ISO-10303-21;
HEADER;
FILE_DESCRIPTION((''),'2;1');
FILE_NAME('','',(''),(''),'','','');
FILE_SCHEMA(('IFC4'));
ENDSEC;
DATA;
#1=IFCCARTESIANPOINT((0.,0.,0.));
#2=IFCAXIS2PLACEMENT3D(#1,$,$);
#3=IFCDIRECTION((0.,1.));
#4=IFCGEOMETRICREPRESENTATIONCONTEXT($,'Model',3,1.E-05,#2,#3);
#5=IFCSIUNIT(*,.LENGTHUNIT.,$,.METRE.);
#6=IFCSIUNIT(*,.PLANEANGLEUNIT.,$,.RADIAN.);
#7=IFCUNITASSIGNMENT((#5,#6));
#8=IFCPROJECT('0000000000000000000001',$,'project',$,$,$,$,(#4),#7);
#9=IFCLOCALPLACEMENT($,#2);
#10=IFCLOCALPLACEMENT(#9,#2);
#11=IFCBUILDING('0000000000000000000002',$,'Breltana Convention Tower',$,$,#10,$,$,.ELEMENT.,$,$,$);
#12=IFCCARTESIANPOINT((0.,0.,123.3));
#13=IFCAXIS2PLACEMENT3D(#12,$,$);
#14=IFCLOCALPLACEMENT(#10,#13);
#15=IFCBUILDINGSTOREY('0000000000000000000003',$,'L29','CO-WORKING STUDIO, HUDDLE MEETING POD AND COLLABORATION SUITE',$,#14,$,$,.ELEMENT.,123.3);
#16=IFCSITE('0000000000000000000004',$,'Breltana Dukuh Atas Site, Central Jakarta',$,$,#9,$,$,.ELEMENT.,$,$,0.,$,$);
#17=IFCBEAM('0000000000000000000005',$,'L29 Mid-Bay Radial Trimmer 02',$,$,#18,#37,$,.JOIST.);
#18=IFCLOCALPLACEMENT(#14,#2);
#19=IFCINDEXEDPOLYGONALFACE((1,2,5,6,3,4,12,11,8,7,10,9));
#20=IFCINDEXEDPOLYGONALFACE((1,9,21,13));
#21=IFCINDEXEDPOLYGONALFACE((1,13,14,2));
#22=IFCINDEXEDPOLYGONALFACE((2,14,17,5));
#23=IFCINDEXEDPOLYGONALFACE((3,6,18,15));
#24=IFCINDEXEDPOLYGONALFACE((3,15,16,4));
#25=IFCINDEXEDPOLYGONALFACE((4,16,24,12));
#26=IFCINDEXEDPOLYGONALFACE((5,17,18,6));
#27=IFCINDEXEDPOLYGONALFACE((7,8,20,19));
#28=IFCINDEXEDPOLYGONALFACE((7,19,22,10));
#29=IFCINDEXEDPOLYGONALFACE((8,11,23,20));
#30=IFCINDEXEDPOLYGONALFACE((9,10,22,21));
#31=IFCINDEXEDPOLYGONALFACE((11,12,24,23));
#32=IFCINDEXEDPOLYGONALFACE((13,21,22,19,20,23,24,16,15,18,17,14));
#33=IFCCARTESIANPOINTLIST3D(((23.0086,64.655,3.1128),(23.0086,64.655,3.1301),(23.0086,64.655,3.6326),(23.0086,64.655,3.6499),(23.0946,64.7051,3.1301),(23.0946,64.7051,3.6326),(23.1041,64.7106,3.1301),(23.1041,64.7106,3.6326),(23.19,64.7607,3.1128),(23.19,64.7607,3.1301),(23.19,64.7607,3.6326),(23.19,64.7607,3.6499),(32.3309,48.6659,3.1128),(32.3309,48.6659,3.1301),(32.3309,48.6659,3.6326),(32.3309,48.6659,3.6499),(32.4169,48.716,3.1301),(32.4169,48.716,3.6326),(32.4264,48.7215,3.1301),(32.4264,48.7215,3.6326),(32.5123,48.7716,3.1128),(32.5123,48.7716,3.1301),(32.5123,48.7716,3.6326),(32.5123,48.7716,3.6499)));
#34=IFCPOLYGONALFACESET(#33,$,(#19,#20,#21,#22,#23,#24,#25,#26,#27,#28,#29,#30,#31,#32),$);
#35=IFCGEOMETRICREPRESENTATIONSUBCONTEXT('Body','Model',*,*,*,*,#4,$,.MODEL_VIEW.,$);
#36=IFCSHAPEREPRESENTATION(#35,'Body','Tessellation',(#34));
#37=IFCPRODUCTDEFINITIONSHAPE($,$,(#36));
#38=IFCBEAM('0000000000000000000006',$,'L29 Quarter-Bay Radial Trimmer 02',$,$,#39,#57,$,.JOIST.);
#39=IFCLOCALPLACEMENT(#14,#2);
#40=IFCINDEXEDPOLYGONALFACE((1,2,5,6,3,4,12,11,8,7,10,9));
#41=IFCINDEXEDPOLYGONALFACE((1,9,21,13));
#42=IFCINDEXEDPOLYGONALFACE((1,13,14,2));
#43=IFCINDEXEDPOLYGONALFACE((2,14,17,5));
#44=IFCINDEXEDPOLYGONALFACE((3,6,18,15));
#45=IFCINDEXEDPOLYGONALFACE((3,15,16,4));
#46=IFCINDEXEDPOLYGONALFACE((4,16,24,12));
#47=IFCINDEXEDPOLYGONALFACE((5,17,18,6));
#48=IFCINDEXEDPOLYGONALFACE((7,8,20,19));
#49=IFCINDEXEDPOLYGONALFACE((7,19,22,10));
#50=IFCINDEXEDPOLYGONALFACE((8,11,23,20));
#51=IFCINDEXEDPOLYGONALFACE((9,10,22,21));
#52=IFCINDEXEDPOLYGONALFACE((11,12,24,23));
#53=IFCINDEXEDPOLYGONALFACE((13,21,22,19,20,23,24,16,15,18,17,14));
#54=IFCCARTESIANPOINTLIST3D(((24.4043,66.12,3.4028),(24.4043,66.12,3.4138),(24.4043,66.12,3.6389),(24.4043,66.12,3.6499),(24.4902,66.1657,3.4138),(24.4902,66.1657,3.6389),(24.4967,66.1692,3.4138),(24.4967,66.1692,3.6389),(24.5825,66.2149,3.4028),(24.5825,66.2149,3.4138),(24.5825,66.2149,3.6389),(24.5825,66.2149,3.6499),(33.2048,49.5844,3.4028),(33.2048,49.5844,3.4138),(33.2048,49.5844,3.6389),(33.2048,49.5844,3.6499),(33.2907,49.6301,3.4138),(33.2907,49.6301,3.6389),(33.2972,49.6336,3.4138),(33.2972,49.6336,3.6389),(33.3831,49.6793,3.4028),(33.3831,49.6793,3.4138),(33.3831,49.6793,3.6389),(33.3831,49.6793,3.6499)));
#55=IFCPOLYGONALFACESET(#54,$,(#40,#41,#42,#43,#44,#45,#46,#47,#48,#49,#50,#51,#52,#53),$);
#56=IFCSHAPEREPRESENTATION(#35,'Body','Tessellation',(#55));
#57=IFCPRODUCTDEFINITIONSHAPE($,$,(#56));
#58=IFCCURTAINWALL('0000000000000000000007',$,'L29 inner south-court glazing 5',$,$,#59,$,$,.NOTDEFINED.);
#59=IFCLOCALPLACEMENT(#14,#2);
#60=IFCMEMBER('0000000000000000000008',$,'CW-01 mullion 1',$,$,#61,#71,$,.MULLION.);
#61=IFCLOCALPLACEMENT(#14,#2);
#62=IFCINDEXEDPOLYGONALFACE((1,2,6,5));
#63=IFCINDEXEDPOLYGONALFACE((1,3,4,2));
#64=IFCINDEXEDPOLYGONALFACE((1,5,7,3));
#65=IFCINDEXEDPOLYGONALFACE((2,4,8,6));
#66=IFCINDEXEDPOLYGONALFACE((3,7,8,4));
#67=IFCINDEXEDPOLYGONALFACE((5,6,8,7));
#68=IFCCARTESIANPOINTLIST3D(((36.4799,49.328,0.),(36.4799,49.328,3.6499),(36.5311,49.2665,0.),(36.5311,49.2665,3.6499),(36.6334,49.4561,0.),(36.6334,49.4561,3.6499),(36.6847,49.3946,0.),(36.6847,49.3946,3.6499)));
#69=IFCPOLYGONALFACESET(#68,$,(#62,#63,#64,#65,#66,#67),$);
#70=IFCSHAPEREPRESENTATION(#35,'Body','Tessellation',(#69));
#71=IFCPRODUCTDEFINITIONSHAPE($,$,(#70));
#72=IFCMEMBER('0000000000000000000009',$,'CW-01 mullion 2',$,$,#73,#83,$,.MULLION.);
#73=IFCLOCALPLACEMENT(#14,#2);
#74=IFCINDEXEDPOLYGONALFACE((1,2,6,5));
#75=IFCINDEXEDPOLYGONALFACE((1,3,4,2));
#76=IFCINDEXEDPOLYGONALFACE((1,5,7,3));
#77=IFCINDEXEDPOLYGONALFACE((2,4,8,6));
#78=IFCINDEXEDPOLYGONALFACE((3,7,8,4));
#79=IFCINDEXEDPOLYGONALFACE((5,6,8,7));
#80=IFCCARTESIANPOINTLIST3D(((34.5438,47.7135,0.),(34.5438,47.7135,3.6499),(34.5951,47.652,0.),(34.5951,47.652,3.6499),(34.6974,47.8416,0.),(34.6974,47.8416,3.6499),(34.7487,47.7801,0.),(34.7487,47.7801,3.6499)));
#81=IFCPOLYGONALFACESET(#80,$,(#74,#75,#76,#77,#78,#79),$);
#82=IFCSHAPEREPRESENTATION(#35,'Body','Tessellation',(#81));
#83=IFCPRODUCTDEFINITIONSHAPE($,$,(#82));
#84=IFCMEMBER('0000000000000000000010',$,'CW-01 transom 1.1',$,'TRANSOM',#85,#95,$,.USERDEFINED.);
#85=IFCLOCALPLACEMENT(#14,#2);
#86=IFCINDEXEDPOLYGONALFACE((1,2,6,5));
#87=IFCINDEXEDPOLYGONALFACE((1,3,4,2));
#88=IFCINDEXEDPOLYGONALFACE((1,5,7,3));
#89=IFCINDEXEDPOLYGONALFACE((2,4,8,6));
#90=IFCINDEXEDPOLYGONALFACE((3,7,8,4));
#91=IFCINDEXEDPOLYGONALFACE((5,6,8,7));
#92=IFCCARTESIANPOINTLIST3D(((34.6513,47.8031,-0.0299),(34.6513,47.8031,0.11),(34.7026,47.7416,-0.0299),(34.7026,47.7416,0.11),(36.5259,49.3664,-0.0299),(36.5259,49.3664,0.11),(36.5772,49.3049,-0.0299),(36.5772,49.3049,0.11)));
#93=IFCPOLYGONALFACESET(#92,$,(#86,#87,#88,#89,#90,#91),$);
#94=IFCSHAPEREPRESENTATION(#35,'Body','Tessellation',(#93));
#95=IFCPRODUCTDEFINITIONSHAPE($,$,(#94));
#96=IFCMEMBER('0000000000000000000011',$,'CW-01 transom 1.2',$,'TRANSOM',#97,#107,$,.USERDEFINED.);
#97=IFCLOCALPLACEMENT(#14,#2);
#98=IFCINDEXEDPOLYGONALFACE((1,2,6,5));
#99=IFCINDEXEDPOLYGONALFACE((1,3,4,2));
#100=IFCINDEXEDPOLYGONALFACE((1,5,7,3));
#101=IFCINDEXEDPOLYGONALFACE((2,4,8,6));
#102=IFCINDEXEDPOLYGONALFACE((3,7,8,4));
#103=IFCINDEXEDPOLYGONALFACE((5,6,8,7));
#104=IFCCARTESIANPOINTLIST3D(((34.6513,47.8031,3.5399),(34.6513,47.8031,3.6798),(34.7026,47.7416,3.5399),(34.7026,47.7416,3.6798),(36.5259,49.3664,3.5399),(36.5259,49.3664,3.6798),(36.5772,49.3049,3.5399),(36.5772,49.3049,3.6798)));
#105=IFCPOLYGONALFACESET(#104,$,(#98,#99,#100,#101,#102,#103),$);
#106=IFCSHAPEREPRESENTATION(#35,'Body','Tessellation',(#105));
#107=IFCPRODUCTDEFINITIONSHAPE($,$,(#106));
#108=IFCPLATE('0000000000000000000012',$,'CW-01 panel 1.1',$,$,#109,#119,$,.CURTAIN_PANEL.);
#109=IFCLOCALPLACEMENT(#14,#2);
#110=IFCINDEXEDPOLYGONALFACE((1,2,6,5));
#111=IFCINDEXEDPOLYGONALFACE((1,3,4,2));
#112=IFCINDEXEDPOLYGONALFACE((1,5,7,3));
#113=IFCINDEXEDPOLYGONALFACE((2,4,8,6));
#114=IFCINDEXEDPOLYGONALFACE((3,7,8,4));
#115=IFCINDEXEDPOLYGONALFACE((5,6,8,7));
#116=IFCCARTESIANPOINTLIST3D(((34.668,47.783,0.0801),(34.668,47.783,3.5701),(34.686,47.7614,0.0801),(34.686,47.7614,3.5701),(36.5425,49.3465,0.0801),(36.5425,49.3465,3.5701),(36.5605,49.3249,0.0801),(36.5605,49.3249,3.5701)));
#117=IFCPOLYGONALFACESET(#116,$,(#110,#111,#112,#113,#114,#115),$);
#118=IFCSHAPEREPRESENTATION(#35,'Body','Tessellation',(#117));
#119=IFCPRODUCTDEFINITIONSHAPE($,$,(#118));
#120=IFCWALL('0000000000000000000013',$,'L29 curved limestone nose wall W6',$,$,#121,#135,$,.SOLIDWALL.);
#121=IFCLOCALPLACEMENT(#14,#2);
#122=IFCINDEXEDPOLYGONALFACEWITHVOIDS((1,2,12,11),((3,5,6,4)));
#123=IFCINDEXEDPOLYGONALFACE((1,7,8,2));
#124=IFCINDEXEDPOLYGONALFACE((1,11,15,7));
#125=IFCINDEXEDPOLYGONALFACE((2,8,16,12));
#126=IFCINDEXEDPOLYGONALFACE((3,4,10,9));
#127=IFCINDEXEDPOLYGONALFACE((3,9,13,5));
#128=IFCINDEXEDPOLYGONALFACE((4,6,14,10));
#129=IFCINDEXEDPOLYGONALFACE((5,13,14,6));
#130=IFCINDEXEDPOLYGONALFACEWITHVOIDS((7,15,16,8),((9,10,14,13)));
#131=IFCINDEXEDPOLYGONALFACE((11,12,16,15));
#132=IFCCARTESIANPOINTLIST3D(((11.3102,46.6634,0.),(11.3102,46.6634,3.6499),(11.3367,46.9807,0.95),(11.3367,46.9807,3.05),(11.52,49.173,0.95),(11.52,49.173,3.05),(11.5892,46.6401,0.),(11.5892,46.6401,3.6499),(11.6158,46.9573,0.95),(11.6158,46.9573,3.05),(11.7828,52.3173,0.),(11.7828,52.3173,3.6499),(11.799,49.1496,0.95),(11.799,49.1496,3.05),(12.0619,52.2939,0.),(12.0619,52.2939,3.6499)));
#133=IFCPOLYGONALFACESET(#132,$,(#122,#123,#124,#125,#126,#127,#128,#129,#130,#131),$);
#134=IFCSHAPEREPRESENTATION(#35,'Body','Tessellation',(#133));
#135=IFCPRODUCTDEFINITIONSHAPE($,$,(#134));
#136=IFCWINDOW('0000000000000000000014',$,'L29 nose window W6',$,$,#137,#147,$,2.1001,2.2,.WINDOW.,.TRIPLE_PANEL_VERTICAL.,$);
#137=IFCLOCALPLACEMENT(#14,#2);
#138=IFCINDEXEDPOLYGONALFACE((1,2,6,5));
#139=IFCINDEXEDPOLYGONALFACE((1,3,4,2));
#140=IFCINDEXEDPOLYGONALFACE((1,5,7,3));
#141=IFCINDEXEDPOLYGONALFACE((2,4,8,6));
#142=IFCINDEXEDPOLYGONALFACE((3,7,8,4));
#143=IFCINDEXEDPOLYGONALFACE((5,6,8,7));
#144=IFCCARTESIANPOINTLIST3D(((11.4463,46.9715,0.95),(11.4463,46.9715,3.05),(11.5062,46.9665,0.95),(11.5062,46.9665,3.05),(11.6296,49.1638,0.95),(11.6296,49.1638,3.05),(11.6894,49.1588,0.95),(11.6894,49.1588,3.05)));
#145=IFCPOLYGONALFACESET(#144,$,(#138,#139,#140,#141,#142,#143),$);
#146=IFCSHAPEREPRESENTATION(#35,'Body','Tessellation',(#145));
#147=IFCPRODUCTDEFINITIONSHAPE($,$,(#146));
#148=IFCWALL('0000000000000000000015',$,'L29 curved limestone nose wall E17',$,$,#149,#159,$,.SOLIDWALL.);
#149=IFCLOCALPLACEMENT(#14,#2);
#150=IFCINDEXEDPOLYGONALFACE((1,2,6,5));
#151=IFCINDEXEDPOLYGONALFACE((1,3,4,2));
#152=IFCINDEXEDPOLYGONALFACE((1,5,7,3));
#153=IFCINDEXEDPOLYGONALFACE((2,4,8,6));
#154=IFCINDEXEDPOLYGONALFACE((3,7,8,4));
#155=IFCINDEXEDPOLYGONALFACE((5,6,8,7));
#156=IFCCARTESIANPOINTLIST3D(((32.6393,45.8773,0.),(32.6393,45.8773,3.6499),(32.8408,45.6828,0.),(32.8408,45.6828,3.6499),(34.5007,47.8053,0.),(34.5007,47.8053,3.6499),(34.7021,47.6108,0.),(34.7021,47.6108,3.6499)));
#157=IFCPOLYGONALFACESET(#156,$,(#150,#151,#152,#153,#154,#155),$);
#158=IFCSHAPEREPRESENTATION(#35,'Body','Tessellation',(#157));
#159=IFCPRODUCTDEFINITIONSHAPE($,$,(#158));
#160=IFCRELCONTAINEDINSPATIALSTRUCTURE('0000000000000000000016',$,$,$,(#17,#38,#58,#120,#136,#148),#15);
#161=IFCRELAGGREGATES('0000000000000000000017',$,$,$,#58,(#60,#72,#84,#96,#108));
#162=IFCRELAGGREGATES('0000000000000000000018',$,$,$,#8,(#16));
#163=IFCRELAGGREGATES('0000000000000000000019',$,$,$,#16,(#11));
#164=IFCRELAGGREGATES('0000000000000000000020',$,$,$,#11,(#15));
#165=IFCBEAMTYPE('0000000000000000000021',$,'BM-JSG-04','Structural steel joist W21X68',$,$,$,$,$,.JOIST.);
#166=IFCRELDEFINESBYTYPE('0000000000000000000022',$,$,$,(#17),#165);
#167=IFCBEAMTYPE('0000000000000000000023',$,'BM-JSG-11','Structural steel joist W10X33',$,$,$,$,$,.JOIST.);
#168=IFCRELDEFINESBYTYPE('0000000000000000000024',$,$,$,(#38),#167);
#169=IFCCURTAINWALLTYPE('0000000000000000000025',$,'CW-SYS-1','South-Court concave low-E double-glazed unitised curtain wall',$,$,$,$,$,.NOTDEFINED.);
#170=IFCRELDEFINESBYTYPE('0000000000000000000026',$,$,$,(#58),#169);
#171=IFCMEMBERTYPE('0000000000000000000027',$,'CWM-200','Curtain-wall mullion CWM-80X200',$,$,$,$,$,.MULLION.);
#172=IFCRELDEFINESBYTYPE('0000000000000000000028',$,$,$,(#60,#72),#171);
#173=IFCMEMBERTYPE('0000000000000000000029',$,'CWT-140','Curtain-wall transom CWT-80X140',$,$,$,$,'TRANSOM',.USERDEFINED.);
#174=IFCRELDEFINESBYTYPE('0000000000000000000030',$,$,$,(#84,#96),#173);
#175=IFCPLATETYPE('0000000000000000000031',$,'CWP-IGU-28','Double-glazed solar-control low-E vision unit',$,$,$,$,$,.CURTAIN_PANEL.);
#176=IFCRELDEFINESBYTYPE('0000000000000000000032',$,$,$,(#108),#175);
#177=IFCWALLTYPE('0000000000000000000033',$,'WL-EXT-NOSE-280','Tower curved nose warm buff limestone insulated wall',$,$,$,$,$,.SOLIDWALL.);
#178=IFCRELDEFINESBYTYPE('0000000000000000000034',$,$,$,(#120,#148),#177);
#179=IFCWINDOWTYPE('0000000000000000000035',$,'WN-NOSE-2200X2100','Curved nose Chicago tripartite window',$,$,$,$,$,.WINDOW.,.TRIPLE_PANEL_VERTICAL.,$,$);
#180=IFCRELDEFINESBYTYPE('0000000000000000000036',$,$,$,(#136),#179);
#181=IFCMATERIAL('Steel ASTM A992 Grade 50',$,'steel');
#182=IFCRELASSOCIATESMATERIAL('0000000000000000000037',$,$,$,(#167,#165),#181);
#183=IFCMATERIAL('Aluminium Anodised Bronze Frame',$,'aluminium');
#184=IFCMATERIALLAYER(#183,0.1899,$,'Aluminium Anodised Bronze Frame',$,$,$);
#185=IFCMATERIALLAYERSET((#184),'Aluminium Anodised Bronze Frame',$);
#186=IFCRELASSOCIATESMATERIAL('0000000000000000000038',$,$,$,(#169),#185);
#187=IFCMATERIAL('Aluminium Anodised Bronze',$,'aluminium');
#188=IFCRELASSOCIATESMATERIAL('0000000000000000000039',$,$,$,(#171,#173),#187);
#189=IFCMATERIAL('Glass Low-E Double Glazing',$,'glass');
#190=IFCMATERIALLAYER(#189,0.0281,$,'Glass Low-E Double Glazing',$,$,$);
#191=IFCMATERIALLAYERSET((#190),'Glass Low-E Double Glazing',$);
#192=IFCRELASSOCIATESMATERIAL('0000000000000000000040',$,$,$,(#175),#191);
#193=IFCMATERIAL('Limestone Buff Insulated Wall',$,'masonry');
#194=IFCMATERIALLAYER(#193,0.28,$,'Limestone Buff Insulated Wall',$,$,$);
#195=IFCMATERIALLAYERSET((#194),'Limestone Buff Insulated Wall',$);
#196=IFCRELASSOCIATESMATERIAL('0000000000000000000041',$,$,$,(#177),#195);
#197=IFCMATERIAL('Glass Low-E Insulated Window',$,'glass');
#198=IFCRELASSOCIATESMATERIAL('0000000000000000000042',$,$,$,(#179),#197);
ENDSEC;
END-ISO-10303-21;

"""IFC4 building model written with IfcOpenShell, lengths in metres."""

from ifc_helpers import new_model, si_unit, direction, frame, frame_2d, origin, origin_2d, place, context, subcontext, project, spatial, rectangle, i_section, extrude, source, transform, mapped, material, layer, layer_set, material_profile, profile_set, type_object, type_shapes, element, fill, aggregate, save


model = new_model("IFC4")

# Units and contexts
model_context = context("Model", 3, precision=1e-05, world=origin(), true_north=direction((0.0, 1.0)))
body_context = subcontext(model_context, "Body", "Model", "MODEL_VIEW")
ifc_project = project(units=[si_unit("LENGTHUNIT", "METRE"), si_unit("PLANEANGLEUNIT", "RADIAN")], contexts=[model_context])

# Site, building, storey
site_placement = place(None, origin())
site = spatial("IfcSite", under=ifc_project, at=site_placement, Name="Breltana Dukuh Atas Site, Central Jakarta", CompositionType="ELEMENT", RefElevation=0.0)
building_placement = place(site_placement, origin())
building = spatial("IfcBuilding", under=site, at=building_placement, Name="Breltana Convention Tower", CompositionType="ELEMENT")
storey_placement = place(building_placement, frame((0.0, 0.0, 123.3)))
storey = spatial("IfcBuildingStorey", under=building, at=storey_placement, Name="L29", Description="CO-WORKING STUDIO, HUDDLE MEETING POD AND COLLABORATION SUITE", CompositionType="ELEMENT", Elevation=123.3)

# Beams
ifc_material_1 = material(Name="Steel ASTM A992 Grade 50", Category="steel")
ifc_material_profile_1 = material_profile(ifc_material_1, i_section(OverallWidth=0.2019, OverallDepth=0.2471, WebThickness=0.0073, FlangeThickness=0.011, at=origin_2d()), Name="W10X33")
ifc_profile_set_1 = profile_set([ifc_material_profile_1], Name="Steel ASTM A992 Grade 50")
beam_type_1 = type_object("IfcBeamType", Name="BM-JSG-11", Description="Structural steel joist W10X33", PredefinedType="JOIST", material=ifc_profile_set_1)
ifc_material_profile_2 = material_profile(ifc_material_1, i_section(OverallWidth=0.21, OverallDepth=0.5371, WebThickness=0.011, FlangeThickness=0.0173, at=origin_2d()), Name="W21X68")
ifc_profile_set_2 = profile_set([ifc_material_profile_2], Name="Steel ASTM A992 Grade 50")
beam_type_2 = type_object("IfcBeamType", Name="BM-JSG-04", Description="Structural steel joist W21X68", PredefinedType="JOIST", material=ifc_profile_set_2)
shared_shape_1 = source(origin(), body_context, "Body", "SweptSolid", [
    extrude(i_section(OverallWidth=0.21, OverallDepth=0.5371, WebThickness=0.011, FlangeThickness=0.0173, at=origin_2d()), origin(), (0.0, 0.0, 1.0), 18.5083),
])
beam_1_placement = place(storey_placement, frame((32.4216, 48.7188, 3.3813), z_axis=(-0.503683, 0.863888, 0.0), x_axis=(-0.863888, -0.503683, 0.0)))
element("IfcBeam", 1, at=beam_1_placement, inside=storey, type_object=beam_type_2, Name="L29 Mid-Bay Radial Trimmer 02", PredefinedType="JOIST", context=body_context, shape_type="MappedRepresentation", body=[
    mapped(shared_shape_1, transform((0.0, 0.0, 0.0), scale=1.0)),
])
shared_shape_2 = source(origin(), body_context, "Body", "SweptSolid", [
    extrude(i_section(OverallWidth=0.2019, OverallDepth=0.2471, WebThickness=0.0073, FlangeThickness=0.011, at=origin_2d()), origin(), (0.0, 0.0, 1.0), 18.7317),
])
beam_2_placement = place(storey_placement, frame((33.2939, 49.6318, 3.5264), z_axis=(-0.46982, 0.882762, 0.0), x_axis=(-0.882762, -0.46982, 0.0)))
element("IfcBeam", 2, at=beam_2_placement, inside=storey, type_object=beam_type_1, Name="L29 Quarter-Bay Radial Trimmer 02", PredefinedType="JOIST", context=body_context, shape_type="MappedRepresentation", body=[
    mapped(shared_shape_2, transform((0.0, 0.0, 0.0), scale=1.0)),
])

# Curtain wall, members, plate
ifc_material_2 = material(Name="Aluminium Anodised Bronze Frame", Category="aluminium")
ifc_layer_1 = layer(ifc_material_2, 0.1899, Name="Aluminium Anodised Bronze Frame")
ifc_layer_set_1 = layer_set([ifc_layer_1], Name="Aluminium Anodised Bronze Frame")
curtain_wall_type = type_object("IfcCurtainWallType", Name="CW-SYS-1", Description="South-Court concave low-E double-glazed unitised curtain wall", PredefinedType="NOTDEFINED", material=ifc_layer_set_1)
curtain_wall_placement = place(storey_placement, origin())
curtain_wall = element("IfcCurtainWall", 3, at=curtain_wall_placement, inside=storey, type_object=curtain_wall_type, Name="L29 inner south-court glazing 5", PredefinedType="NOTDEFINED")
ifc_material_3 = material(Name="Aluminium Anodised Bronze", Category="aluminium")
ifc_material_profile_3 = material_profile(ifc_material_3, rectangle(XDim=0.0801, YDim=0.2, at=origin_2d()), Name="CWM-80X200")
ifc_profile_set_3 = profile_set([ifc_material_profile_3], Name="Aluminium Anodised Bronze")
member_type_1 = type_object("IfcMemberType", Name="CWM-200", Description="Curtain-wall mullion CWM-80X200", PredefinedType="MULLION", material=ifc_profile_set_3)
shared_shape_3 = source(origin(), body_context, "Body", "SweptSolid", [
    extrude(rectangle(XDim=0.0801, YDim=0.2, at=origin_2d()), origin(), (0.0, 0.0, 1.0), 3.6499),
])
member_1_placement = place(storey_placement, frame((36.5823, 49.3613, 0.0), z_axis=(0.0, 0.0, 1.0), x_axis=(0.640521, -0.767941, 0.0)))
member_1 = element("IfcMember", 4, at=member_1_placement, type_object=member_type_1, Name="CW-01 mullion 1", PredefinedType="MULLION", context=body_context, shape_type="MappedRepresentation", body=[
    mapped(shared_shape_3, transform((0.0, 0.0, 0.0), scale=1.0)),
])
member_2_placement = place(storey_placement, frame((34.6462, 47.7468, 0.0), z_axis=(0.0, 0.0, 1.0), x_axis=(0.640521, -0.767941, 0.0)))
member_2 = element("IfcMember", 5, at=member_2_placement, type_object=member_type_1, Name="CW-01 mullion 2", PredefinedType="MULLION", context=body_context, shape_type="MappedRepresentation", body=[
    mapped(shared_shape_3, transform((0.0, 0.0, 0.0), scale=1.0)),
])
ifc_material_profile_4 = material_profile(ifc_material_3, rectangle(XDim=0.0801, YDim=0.1399, at=origin_2d()), Name="CWT-80X140")
ifc_profile_set_4 = profile_set([ifc_material_profile_4], Name="Aluminium Anodised Bronze")
member_type_2 = type_object("IfcMemberType", Name="CWT-140", Description="Curtain-wall transom CWT-80X140", ElementType="TRANSOM", PredefinedType="USERDEFINED", material=ifc_profile_set_4)
shared_shape_4 = source(origin(), body_context, "Body", "SweptSolid", [
    extrude(rectangle(XDim=0.0801, YDim=0.1399, at=origin_2d()), origin(), (0.0, 0.0, 1.0), 2.4409),
])
member_3_placement = place(storey_placement, frame((36.5515, 49.3357, 0.04), z_axis=(-0.767992, -0.64046, 0.0), x_axis=(0.64046, -0.767992, 0.0)))
member_3 = element("IfcMember", 6, at=member_3_placement, type_object=member_type_2, Name="CW-01 transom 1.1", ObjectType="TRANSOM", PredefinedType="USERDEFINED", context=body_context, shape_type="MappedRepresentation", body=[
    mapped(shared_shape_4, transform((0.0, 0.0, 0.0), scale=1.0)),
])
member_4_placement = place(storey_placement, frame((36.5515, 49.3357, 3.6099), z_axis=(-0.767992, -0.64046, 0.0), x_axis=(0.64046, -0.767992, 0.0)))
member_4 = element("IfcMember", 7, at=member_4_placement, type_object=member_type_2, Name="CW-01 transom 1.2", ObjectType="TRANSOM", PredefinedType="USERDEFINED", context=body_context, shape_type="MappedRepresentation", body=[
    mapped(shared_shape_4, transform((0.0, 0.0, 0.0), scale=1.0)),
])
ifc_material_4 = material(Name="Glass Low-E Double Glazing", Category="glass")
ifc_layer_2 = layer(ifc_material_4, 0.0281, Name="Glass Low-E Double Glazing")
ifc_layer_set_2 = layer_set([ifc_layer_2], Name="Glass Low-E Double Glazing")
plate_type = type_object("IfcPlateType", Name="CWP-IGU-28", Description="Double-glazed solar-control low-E vision unit", PredefinedType="CURTAIN_PANEL", material=ifc_layer_set_2)
shared_shape_5 = source(origin(), body_context, "Body", "SweptSolid", [
    extrude(rectangle(XDim=2.4409, YDim=0.0281, at=origin_2d()), origin(), (0.0, 0.0, 1.0), 3.49),
])
plate_placement = place(storey_placement, frame((35.6143, 48.554, 0.0801), z_axis=(0.0, 0.0, 1.0), x_axis=(-0.767941, -0.640521, 0.0)))
plate = element("IfcPlate", 8, at=plate_placement, type_object=plate_type, Name="CW-01 panel 1.1", PredefinedType="CURTAIN_PANEL", context=body_context, shape_type="MappedRepresentation", body=[
    mapped(shared_shape_5, transform((0.0, 0.0, 0.0), scale=1.0)),
])
aggregate(curtain_wall, [member_1, member_2, member_3, member_4, plate])

# Wall, opening, window
ifc_material_5 = material(Name="Limestone Buff Insulated Wall", Category="masonry")
ifc_layer_3 = layer(ifc_material_5, 0.28, Name="Limestone Buff Insulated Wall")
ifc_layer_set_3 = layer_set([ifc_layer_3], Name="Limestone Buff Insulated Wall")
wall_type_1 = type_object("IfcWallType", Name="WL-EXT-NOSE-280", Description="Tower curved nose warm buff limestone insulated wall", PredefinedType="SOLIDWALL", material=ifc_layer_set_3)
shared_shape_6 = source(origin(), body_context, "Body", "SweptSolid", [
    extrude(rectangle(XDim=5.6736, YDim=0.28, at=frame_2d((2.8369, 0.0))), origin(), (0.0, 0.0, 1.0), 3.6499),
])
wall_1_placement = place(storey_placement, frame((11.4497, 46.6516, 0.0), z_axis=(0.0, 0.0, 1.0), x_axis=(0.083309, 0.996524, 0.0)))
wall_1 = element("IfcWall", 9, at=wall_1_placement, inside=storey, type_object=wall_type_1, Name="L29 curved limestone nose wall W6", PredefinedType="SOLIDWALL", context=body_context, shape_type="MappedRepresentation", body=[
    mapped(shared_shape_6, transform((0.0, 0.0, 0.0), scale=1.0)),
])
opening_placement = place(wall_1_placement, frame((0.3184, 0.0, 0.95)))
opening = element("IfcOpeningElement", 10, at=opening_placement, cuts=wall_1, PredefinedType="OPENING", context=body_context, shape_type="SweptSolid", body=[
    extrude(rectangle(XDim=2.2, YDim=2.1001, at=frame_2d((1.1001, 1.05))), frame((0.0, 0.1499, 0.0), z_axis=(0.0, -1.0, 0.0), x_axis=(1.0, 0.0, 0.0)), (0.0, 0.0, 1.0), 0.3),
])
ifc_material_6 = material(Name="Glass Low-E Insulated Window", Category="glass")
window_type = type_object("IfcWindowType", Name="WN-NOSE-2200X2100", Description="Curved nose Chicago tripartite window", PartitioningType="TRIPLE_PANEL_VERTICAL", PredefinedType="WINDOW", material=ifc_material_6)
shared_shape_7 = source(origin(), body_context, "Body", "SweptSolid", [
    extrude(rectangle(XDim=2.2, YDim=2.1001, at=frame_2d((1.1001, 1.05))), frame((0.0, 0.03, 0.0), z_axis=(0.0, -1.0, 0.0), x_axis=(1.0, 0.0, 0.0)), (0.0, 0.0, 1.0), 0.0601),
])
type_shapes(window_type, [shared_shape_7])
window_placement = place(opening_placement, origin())
window = element("IfcWindow", 11, at=window_placement, inside=storey, type_object=window_type, Name="L29 nose window W6", OverallHeight=2.1001, OverallWidth=2.2, PartitioningType="TRIPLE_PANEL_VERTICAL", PredefinedType="WINDOW", context=body_context, shape_type="MappedRepresentation", body=[
    mapped(shared_shape_7, transform((0.0, 0.0, 0.0), scale=1.0)),
])
fill(opening, window)

# Wall
shared_shape_8 = source(origin(), body_context, "Body", "SweptSolid", [
    extrude(rectangle(XDim=2.6799, YDim=0.28, at=frame_2d((1.3398, 0.0))), origin(), (0.0, 0.0, 1.0), 3.6499),
])
wall_2_placement = place(storey_placement, frame((34.6013, 47.708, 0.0), z_axis=(0.0, 0.0, 1.0), x_axis=(-0.694562, -0.719433, 0.0)))
element("IfcWall", 12, at=wall_2_placement, inside=storey, type_object=wall_type_1, Name="L29 curved limestone nose wall E17", PredefinedType="SOLIDWALL", context=body_context, shape_type="MappedRepresentation", body=[
    mapped(shared_shape_8, transform((0.0, 0.0, 0.0), scale=1.0)),
])

save(model, "model.ifc")
